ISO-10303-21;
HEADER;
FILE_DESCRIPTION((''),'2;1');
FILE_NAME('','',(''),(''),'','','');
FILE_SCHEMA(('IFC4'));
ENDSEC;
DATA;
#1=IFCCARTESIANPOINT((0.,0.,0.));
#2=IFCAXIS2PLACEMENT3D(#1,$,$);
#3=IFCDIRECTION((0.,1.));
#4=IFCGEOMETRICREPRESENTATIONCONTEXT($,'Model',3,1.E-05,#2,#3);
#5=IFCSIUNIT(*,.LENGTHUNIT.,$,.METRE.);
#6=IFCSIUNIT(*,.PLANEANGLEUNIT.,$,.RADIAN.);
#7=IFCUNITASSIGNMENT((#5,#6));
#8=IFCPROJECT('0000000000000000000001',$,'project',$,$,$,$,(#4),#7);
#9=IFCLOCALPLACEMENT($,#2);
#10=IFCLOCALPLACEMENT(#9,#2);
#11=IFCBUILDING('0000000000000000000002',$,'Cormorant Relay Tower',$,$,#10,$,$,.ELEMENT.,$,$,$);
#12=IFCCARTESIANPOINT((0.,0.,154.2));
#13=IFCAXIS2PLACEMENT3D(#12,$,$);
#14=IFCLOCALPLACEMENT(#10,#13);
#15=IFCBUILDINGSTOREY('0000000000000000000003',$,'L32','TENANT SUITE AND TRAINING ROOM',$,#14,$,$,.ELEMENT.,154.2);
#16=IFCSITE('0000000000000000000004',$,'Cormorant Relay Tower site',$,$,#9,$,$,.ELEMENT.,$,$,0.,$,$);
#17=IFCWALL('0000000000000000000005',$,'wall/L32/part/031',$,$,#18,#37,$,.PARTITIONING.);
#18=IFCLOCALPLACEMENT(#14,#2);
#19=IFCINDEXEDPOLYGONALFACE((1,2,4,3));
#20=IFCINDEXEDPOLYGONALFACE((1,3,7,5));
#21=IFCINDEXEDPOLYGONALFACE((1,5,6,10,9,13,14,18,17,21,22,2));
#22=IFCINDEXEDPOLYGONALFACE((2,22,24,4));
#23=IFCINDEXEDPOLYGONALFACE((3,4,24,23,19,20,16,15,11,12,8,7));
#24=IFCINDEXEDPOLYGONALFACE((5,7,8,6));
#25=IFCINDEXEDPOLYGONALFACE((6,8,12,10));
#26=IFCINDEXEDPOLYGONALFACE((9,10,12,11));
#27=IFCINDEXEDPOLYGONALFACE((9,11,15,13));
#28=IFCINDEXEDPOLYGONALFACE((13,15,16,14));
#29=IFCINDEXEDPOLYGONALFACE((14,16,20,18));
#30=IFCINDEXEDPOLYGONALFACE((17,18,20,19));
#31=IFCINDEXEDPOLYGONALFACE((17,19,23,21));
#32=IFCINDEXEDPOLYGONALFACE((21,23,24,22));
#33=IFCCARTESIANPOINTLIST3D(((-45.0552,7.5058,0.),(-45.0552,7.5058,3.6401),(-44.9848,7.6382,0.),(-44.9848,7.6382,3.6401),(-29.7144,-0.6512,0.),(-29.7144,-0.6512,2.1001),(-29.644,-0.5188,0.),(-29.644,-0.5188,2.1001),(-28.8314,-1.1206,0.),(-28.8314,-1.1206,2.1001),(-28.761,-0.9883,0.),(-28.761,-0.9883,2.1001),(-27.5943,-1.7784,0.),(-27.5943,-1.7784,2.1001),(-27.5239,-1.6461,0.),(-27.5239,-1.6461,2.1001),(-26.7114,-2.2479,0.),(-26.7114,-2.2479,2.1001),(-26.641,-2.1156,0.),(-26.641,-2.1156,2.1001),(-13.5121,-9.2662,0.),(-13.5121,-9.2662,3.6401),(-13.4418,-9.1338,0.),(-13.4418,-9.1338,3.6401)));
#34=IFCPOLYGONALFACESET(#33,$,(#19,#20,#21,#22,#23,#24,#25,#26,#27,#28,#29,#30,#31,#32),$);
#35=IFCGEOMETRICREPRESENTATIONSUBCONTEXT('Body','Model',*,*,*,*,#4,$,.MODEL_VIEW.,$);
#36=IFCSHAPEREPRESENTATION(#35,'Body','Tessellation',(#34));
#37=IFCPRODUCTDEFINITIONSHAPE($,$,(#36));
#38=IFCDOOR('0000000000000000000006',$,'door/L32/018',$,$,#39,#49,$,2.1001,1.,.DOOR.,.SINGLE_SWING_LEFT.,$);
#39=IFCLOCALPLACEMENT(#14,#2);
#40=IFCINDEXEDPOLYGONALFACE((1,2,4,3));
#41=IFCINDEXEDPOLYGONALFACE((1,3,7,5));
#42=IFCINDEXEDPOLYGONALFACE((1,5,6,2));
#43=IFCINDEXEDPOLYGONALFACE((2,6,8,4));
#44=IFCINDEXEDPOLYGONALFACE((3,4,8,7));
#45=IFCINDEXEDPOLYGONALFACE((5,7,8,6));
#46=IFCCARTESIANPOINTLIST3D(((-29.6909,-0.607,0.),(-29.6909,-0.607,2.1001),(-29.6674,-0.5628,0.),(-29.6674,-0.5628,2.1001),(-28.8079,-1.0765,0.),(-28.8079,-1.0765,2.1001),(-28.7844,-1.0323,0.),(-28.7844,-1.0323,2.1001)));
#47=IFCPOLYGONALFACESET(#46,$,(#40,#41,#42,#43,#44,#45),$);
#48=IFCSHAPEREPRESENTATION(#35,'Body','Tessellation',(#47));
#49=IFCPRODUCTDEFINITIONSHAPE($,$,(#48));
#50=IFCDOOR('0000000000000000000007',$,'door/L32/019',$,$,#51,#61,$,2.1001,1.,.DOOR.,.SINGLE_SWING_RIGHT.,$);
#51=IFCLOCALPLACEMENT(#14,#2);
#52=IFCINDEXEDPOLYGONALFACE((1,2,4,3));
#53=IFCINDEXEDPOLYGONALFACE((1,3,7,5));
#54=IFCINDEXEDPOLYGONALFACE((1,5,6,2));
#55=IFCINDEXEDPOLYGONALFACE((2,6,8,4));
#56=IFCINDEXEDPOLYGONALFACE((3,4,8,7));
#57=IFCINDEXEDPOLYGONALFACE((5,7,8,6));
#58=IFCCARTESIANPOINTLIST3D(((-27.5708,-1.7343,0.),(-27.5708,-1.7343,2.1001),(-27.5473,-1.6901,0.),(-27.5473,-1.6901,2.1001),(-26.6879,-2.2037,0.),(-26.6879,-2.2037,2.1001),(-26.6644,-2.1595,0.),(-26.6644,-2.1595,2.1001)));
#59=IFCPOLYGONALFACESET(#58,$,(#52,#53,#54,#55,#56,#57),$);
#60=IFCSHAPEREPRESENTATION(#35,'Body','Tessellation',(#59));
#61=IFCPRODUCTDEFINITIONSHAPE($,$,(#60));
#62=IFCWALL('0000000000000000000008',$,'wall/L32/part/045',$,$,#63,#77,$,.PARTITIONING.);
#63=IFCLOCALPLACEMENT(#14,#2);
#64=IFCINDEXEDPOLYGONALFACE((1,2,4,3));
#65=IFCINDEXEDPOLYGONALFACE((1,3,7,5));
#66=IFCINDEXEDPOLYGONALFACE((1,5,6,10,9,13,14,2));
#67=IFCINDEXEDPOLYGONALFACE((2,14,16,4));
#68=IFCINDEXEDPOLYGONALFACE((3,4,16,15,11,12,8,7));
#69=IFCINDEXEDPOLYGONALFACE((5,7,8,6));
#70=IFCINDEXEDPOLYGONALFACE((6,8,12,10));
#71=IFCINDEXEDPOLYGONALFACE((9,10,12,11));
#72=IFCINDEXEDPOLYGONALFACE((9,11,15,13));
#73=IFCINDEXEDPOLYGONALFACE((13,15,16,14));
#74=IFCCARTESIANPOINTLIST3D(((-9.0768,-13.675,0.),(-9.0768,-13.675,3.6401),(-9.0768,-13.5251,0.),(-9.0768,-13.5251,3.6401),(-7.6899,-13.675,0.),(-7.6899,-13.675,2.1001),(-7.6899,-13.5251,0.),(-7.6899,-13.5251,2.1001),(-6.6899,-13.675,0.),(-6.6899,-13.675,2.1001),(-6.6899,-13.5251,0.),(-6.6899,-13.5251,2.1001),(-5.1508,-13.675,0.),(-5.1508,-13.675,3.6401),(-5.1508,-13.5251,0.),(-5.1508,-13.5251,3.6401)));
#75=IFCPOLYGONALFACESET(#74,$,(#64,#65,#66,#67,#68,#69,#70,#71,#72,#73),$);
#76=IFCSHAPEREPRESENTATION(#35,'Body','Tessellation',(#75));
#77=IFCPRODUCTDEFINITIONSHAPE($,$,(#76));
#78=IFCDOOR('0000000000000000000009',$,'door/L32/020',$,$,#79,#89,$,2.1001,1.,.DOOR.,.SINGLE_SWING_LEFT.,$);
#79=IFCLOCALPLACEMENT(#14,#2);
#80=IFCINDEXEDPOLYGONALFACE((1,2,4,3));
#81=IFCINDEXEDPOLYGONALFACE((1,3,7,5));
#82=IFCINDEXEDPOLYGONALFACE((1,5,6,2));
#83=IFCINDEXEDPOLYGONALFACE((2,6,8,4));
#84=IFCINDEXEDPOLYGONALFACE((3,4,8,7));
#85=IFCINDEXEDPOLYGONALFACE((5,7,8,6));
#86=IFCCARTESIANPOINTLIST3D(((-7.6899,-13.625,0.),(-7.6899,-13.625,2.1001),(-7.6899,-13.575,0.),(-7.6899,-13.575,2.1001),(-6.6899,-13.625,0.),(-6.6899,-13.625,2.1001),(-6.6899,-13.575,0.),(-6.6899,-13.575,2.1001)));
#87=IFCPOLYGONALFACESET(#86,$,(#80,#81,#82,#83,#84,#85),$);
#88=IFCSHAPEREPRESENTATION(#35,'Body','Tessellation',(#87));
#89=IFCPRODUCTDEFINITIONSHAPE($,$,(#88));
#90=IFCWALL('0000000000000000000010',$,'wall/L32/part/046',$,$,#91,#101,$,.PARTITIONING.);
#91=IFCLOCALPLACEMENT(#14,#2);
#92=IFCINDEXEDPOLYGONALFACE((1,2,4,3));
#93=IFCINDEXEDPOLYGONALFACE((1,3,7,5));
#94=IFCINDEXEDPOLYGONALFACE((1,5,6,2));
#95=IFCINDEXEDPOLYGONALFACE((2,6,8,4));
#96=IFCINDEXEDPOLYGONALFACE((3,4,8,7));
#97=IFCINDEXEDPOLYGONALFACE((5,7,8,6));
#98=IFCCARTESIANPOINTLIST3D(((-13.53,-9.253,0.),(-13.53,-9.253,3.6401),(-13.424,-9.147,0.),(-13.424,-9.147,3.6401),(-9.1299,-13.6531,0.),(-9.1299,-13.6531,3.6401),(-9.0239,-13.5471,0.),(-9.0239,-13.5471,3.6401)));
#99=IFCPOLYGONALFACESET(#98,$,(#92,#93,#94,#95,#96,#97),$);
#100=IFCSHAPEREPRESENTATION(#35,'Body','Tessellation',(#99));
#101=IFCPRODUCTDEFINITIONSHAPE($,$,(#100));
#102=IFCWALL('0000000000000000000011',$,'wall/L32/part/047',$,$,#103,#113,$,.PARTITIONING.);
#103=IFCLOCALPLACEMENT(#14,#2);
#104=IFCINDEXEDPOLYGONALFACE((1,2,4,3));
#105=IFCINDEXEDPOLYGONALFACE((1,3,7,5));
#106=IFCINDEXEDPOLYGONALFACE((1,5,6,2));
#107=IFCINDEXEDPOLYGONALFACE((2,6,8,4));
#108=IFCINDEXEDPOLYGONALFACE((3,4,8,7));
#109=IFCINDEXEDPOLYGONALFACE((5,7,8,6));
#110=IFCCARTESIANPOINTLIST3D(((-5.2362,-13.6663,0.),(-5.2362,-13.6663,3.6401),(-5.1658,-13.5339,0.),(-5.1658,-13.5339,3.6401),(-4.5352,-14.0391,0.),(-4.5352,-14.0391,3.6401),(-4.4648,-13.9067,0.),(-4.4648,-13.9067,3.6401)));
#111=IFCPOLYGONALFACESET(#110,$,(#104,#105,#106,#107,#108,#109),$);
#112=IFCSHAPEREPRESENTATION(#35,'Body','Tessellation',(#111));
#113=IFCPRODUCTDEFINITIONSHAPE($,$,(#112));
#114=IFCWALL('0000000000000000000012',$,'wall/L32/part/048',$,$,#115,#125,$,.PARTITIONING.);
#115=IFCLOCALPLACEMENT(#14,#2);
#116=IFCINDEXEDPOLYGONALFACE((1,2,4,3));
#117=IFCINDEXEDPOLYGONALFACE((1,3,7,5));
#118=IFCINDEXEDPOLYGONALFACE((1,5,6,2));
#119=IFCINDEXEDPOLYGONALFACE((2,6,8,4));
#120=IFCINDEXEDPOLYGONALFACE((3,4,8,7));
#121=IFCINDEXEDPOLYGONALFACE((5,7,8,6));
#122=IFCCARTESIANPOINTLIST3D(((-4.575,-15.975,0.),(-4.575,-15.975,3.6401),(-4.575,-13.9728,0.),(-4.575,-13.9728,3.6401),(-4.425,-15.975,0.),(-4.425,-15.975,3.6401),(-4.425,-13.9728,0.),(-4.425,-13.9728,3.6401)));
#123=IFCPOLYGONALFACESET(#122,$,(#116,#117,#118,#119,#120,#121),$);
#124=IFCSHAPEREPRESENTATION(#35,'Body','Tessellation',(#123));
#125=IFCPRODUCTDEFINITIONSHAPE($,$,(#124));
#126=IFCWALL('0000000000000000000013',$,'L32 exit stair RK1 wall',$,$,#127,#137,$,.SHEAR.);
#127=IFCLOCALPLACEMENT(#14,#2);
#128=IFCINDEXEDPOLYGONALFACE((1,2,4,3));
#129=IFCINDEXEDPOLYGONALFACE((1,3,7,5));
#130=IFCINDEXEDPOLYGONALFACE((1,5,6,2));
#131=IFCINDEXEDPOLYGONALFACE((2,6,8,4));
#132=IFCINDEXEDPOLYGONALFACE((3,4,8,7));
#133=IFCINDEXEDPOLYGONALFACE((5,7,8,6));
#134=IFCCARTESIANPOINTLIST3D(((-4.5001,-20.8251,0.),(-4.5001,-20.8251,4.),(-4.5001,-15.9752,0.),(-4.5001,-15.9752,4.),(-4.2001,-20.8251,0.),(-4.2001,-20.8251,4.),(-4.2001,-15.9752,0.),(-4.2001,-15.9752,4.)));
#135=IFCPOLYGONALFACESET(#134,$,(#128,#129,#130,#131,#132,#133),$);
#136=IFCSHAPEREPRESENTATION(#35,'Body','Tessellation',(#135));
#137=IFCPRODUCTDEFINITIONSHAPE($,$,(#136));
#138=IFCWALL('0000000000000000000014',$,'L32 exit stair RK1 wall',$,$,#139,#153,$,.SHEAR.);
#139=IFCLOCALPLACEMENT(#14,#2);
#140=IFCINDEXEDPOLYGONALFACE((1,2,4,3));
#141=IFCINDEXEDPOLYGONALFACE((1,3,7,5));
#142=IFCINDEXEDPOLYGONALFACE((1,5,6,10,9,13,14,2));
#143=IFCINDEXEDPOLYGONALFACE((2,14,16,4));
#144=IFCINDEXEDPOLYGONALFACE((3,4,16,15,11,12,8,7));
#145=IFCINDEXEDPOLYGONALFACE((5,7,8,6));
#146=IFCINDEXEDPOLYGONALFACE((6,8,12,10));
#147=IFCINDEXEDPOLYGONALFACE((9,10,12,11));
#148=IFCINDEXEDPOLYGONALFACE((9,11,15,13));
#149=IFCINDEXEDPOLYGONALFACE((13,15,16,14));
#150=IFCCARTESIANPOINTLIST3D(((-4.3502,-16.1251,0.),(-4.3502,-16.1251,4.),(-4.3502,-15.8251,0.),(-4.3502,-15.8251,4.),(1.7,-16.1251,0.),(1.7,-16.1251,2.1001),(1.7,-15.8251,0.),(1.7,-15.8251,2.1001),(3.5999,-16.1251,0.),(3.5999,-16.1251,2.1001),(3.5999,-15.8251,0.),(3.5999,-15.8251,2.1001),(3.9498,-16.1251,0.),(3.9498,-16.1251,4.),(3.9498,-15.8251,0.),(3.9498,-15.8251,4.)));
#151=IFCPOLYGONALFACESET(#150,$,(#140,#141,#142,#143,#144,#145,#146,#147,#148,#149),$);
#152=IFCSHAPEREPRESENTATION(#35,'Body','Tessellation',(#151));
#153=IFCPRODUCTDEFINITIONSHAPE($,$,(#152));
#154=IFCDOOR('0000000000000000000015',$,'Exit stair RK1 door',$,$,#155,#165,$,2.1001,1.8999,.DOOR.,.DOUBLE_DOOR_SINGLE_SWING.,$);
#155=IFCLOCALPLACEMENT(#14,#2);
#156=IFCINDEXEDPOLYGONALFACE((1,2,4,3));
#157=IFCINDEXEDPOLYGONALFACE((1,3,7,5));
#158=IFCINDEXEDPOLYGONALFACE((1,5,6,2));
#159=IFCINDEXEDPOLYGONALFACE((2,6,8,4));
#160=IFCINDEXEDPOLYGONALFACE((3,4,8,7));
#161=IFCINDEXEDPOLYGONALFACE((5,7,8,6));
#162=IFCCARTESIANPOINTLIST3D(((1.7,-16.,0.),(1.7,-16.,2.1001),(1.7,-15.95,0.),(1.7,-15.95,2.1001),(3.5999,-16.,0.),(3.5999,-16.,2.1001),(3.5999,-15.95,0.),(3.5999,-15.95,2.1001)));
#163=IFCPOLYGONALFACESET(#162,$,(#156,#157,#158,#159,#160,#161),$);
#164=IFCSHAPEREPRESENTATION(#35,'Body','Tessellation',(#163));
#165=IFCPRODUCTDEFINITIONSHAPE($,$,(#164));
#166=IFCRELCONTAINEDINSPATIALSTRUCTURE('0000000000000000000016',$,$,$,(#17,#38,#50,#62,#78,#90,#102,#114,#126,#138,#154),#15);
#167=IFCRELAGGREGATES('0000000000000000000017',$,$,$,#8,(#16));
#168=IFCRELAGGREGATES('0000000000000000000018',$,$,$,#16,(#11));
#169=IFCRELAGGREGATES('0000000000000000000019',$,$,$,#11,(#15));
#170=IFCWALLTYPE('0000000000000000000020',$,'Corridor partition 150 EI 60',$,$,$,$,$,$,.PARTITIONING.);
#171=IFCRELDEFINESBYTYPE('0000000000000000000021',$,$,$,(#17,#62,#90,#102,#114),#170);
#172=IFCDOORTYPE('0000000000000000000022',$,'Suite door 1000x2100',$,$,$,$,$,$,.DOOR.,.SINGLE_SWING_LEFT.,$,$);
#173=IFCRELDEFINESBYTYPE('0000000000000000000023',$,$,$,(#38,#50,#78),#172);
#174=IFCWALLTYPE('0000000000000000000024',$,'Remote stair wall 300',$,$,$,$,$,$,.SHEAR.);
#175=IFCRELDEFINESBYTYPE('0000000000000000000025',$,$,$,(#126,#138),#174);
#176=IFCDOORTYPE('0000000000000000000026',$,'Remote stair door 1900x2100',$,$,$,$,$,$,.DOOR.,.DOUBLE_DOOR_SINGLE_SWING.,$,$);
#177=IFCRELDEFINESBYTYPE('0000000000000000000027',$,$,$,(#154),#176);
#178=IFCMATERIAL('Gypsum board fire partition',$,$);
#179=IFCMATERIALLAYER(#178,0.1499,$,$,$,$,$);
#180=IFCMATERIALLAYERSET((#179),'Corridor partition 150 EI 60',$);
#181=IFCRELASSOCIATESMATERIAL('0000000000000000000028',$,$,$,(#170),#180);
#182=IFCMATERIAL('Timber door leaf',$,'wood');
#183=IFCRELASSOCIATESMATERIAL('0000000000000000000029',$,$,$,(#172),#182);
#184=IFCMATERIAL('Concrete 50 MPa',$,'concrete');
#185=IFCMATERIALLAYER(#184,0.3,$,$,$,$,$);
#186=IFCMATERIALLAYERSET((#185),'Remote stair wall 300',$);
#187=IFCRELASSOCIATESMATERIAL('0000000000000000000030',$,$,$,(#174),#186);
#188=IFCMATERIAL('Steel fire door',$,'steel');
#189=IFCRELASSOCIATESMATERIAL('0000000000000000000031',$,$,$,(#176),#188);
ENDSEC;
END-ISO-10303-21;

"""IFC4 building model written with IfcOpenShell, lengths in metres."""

from ifc_helpers import new_model, si_unit, direction, frame, frame_2d, origin, place, context, subcontext, project, spatial, rectangle, extrude, material, layer, layer_set, type_object, element, fill, save


model = new_model("IFC4")

# Units and contexts
model_context = context("Model", 3, precision=1e-05, world=origin(), true_north=direction((0.0, 1.0)))
body_context = subcontext(model_context, "Body", "Model", "MODEL_VIEW")
ifc_project = project(units=[si_unit("LENGTHUNIT", "METRE"), si_unit("PLANEANGLEUNIT", "RADIAN")], contexts=[model_context])

# Site, building, storey
site_placement = place(None, origin())
site = spatial("IfcSite", under=ifc_project, at=site_placement, Name="Cormorant Relay Tower site", CompositionType="ELEMENT", RefElevation=0.0)
building_placement = place(site_placement, origin())
building = spatial("IfcBuilding", under=site, at=building_placement, Name="Cormorant Relay Tower", CompositionType="ELEMENT")
storey_placement = place(building_placement, frame((0.0, 0.0, 154.2)))
storey = spatial("IfcBuildingStorey", under=building, at=storey_placement, Name="L32", Description="TENANT SUITE AND TRAINING ROOM", CompositionType="ELEMENT", Elevation=154.2)

# Wall, openings, doors
ifc_material_1 = material(Name="Gypsum board fire partition")
ifc_layer_1 = layer(ifc_material_1, 0.1499)
ifc_layer_set_1 = layer_set([ifc_layer_1], Name="Corridor partition 150 EI 60")
wall_type_1 = type_object("IfcWallType", Name="Corridor partition 150 EI 60", PredefinedType="PARTITIONING", material=ifc_layer_set_1)
wall_1_placement = place(storey_placement, frame((-13.4771, -9.2, 0.0), z_axis=(0.0, 0.0, 1.0), x_axis=(-0.882944, 0.469478, 0.0)))
wall_1 = element("IfcWall", 1, at=wall_1_placement, inside=storey, type_object=wall_type_1, Name="wall/L32/part/031", PredefinedType="PARTITIONING", context=body_context, shape_type="SweptSolid", body=[
    extrude(rectangle(XDim=35.7249, YDim=0.1499, at=frame_2d((17.8623, 0.0))), origin(), (0.0, 0.0, 1.0), 3.6401),
])
opening_1_placement = place(wall_1_placement, frame((17.3501, 0.0, 0.0)))
opening_1 = element("IfcOpeningElement", 2, at=opening_1_placement, cuts=wall_1, PredefinedType="OPENING", context=body_context, shape_type="SweptSolid", body=[
    extrude(rectangle(XDim=1.0, YDim=2.1001, at=frame_2d((0.5, 1.05))), frame((0.0, 0.085, 0.0), z_axis=(0.0, -1.0, 0.0), x_axis=(1.0, 0.0, 0.0)), (0.0, 0.0, 1.0), 0.1699),
])
opening_2_placement = place(wall_1_placement, frame((14.949, 0.0, 0.0)))
opening_2 = element("IfcOpeningElement", 3, at=opening_2_placement, cuts=wall_1, PredefinedType="OPENING", context=body_context, shape_type="SweptSolid", body=[
    extrude(rectangle(XDim=1.0, YDim=2.1001, at=frame_2d((0.5, 1.05))), frame((0.0, 0.085, 0.0), z_axis=(0.0, -1.0, 0.0), x_axis=(1.0, 0.0, 0.0)), (0.0, 0.0, 1.0), 0.1699),
])
ifc_material_2 = material(Name="Timber door leaf", Category="wood")
door_type_1 = type_object("IfcDoorType", Name="Suite door 1000x2100", OperationType="SINGLE_SWING_LEFT", PredefinedType="DOOR", material=ifc_material_2)
door_1_placement = place(opening_1_placement, origin())
door_1 = element("IfcDoor", 4, at=door_1_placement, inside=storey, type_object=door_type_1, Name="door/L32/018", OperationType="SINGLE_SWING_LEFT", OverallHeight=2.1001, OverallWidth=1.0, PredefinedType="DOOR", context=body_context, shape_type="SweptSolid", body=[
    extrude(rectangle(XDim=1.0, YDim=2.1001, at=frame_2d((0.5, 1.05))), frame((0.0, 0.0249, 0.0), z_axis=(0.0, -1.0, 0.0), x_axis=(1.0, 0.0, 0.0)), (0.0, 0.0, 1.0), 0.05),
])
fill(opening_1, door_1)
door_2_placement = place(opening_2_placement, origin())
door_2 = element("IfcDoor", 5, at=door_2_placement, inside=storey, type_object=door_type_1, Name="door/L32/019", OperationType="SINGLE_SWING_RIGHT", OverallHeight=2.1001, OverallWidth=1.0, PredefinedType="DOOR", context=body_context, shape_type="SweptSolid", body=[
    extrude(rectangle(XDim=1.0, YDim=2.1001, at=frame_2d((0.5, 1.05))), frame((0.0, 0.0249, 0.0), z_axis=(0.0, -1.0, 0.0), x_axis=(1.0, 0.0, 0.0)), (0.0, 0.0, 1.0), 0.05),
])
fill(opening_2, door_2)

# Wall, opening, door
wall_2_placement = place(storey_placement, frame((-5.1509, -13.6001, 0.0), z_axis=(0.0, 0.0, 1.0), x_axis=(-1.0, 0.0, 0.0)))
wall_2 = element("IfcWall", 6, at=wall_2_placement, inside=storey, type_object=wall_type_1, Name="wall/L32/part/045", PredefinedType="PARTITIONING", context=body_context, shape_type="SweptSolid", body=[
    extrude(rectangle(XDim=3.926, YDim=0.1499, at=frame_2d((1.9629, 0.0))), origin(), (0.0, 0.0, 1.0), 3.6401),
])
opening_3_placement = place(wall_2_placement, frame((1.5391, 0.0, 0.0)))
opening_3 = element("IfcOpeningElement", 7, at=opening_3_placement, cuts=wall_2, PredefinedType="OPENING", context=body_context, shape_type="SweptSolid", body=[
    extrude(rectangle(XDim=1.0, YDim=2.1001, at=frame_2d((0.5, 1.05))), frame((0.0, 0.085, 0.0), z_axis=(0.0, -1.0, 0.0), x_axis=(1.0, 0.0, 0.0)), (0.0, 0.0, 1.0), 0.1699),
])
door_3_placement = place(opening_3_placement, origin())
door_3 = element("IfcDoor", 8, at=door_3_placement, inside=storey, type_object=door_type_1, Name="door/L32/020", OperationType="SINGLE_SWING_LEFT", OverallHeight=2.1001, OverallWidth=1.0, PredefinedType="DOOR", context=body_context, shape_type="SweptSolid", body=[
    extrude(rectangle(XDim=1.0, YDim=2.1001, at=frame_2d((0.5, 1.05))), frame((0.0, 0.0249, 0.0), z_axis=(0.0, -1.0, 0.0), x_axis=(1.0, 0.0, 0.0)), (0.0, 0.0, 1.0), 0.05),
])
fill(opening_3, door_3)

# Walls
wall_3_placement = place(storey_placement, frame((-9.0769, -13.6001, 0.0), z_axis=(0.0, 0.0, 1.0), x_axis=(-0.707107, 0.707107, 0.0)))
element("IfcWall", 9, at=wall_3_placement, inside=storey, type_object=wall_type_1, Name="wall/L32/part/046", PredefinedType="PARTITIONING", context=body_context, shape_type="SweptSolid", body=[
    extrude(rectangle(XDim=6.2227, YDim=0.1499, at=frame_2d((3.1113, 0.0))), origin(), (0.0, 0.0, 1.0), 3.6401),
])
wall_4_placement = place(storey_placement, frame((-4.5, -13.9729, 0.0), z_axis=(0.0, 0.0, 1.0), x_axis=(-0.882889, 0.469582, 0.0)))
element("IfcWall", 10, at=wall_4_placement, inside=storey, type_object=wall_type_1, Name="wall/L32/part/047", PredefinedType="PARTITIONING", context=body_context, shape_type="SweptSolid", body=[
    extrude(rectangle(XDim=0.7939, YDim=0.1499, at=frame_2d((0.397, 0.0))), origin(), (0.0, 0.0, 1.0), 3.6401),
])
wall_5_placement = place(storey_placement, frame((-4.5, -13.9729, 0.0), z_axis=(0.0, 0.0, 1.0), x_axis=(0.0, -1.0, 0.0)))
element("IfcWall", 11, at=wall_5_placement, inside=storey, type_object=wall_type_1, Name="wall/L32/part/048", PredefinedType="PARTITIONING", context=body_context, shape_type="SweptSolid", body=[
    extrude(rectangle(XDim=2.0022, YDim=0.1499, at=frame_2d((1.001, 0.0))), origin(), (0.0, 0.0, 1.0), 3.6401),
])
ifc_material_3 = material(Name="Concrete 50 MPa", Category="concrete")
ifc_layer_2 = layer(ifc_material_3, 0.3)
ifc_layer_set_2 = layer_set([ifc_layer_2], Name="Remote stair wall 300")
wall_type_2 = type_object("IfcWallType", Name="Remote stair wall 300", PredefinedType="SHEAR", material=ifc_layer_set_2)
wall_6_placement = place(storey_placement, frame((-4.3501, -20.825, 0.0), z_axis=(0.0, 0.0, 1.0), x_axis=(0.0, 1.0, 0.0)))
element("IfcWall", 12, at=wall_6_placement, inside=storey, type_object=wall_type_2, Name="L32 exit stair RK1 wall", PredefinedType="SHEAR", context=body_context, shape_type="SweptSolid", body=[
    extrude(rectangle(XDim=4.8499, YDim=0.3, at=frame_2d((2.4248, 0.0))), origin(), (0.0, 0.0, 1.0), 4.0),
])

# Wall, opening, door
wall_7_placement = place(storey_placement, frame((-4.3501, -15.9751, 0.0), z_axis=(0.0, 0.0, 1.0), x_axis=(1.0, 0.0, 0.0)))
wall_7 = element("IfcWall", 13, at=wall_7_placement, inside=storey, type_object=wall_type_2, Name="L32 exit stair RK1 wall", PredefinedType="SHEAR", context=body_context, shape_type="SweptSolid", body=[
    extrude(rectangle(XDim=8.3, YDim=0.3, at=frame_2d((4.1499, 0.0))), origin(), (0.0, 0.0, 1.0), 4.0),
])
opening_4_placement = place(wall_7_placement, frame((6.05, 0.0, 0.0)))
opening_4 = element("IfcOpeningElement", 14, at=opening_4_placement, cuts=wall_7, PredefinedType="OPENING", context=body_context, shape_type="SweptSolid", body=[
    extrude(rectangle(XDim=1.8999, YDim=2.1001, at=frame_2d((0.95, 1.05))), frame((0.0, 0.1599, 0.0), z_axis=(0.0, -1.0, 0.0), x_axis=(1.0, 0.0, 0.0)), (0.0, 0.0, 1.0), 0.3201),
])
ifc_material_4 = material(Name="Steel fire door", Category="steel")
door_type_2 = type_object("IfcDoorType", Name="Remote stair door 1900x2100", OperationType="DOUBLE_DOOR_SINGLE_SWING", PredefinedType="DOOR", material=ifc_material_4)
door_4_placement = place(opening_4_placement, frame((1.8999, 0.0, 0.0), z_axis=(0.0, 0.0, 1.0), x_axis=(-1.0, 0.0, 0.0)))
door_4 = element("IfcDoor", 15, at=door_4_placement, inside=storey, type_object=door_type_2, Name="Exit stair RK1 door", OperationType="DOUBLE_DOOR_SINGLE_SWING", OverallHeight=2.1001, OverallWidth=1.8999, PredefinedType="DOOR", context=body_context, shape_type="SweptSolid", body=[
    extrude(rectangle(XDim=1.8999, YDim=2.1001, at=frame_2d((0.95, 1.05))), frame((0.0, 0.0249, 0.0), z_axis=(0.0, -1.0, 0.0), x_axis=(1.0, 0.0, 0.0)), (0.0, 0.0, 1.0), 0.05),
])
fill(opening_4, door_4)

save(model, "model.ifc")
